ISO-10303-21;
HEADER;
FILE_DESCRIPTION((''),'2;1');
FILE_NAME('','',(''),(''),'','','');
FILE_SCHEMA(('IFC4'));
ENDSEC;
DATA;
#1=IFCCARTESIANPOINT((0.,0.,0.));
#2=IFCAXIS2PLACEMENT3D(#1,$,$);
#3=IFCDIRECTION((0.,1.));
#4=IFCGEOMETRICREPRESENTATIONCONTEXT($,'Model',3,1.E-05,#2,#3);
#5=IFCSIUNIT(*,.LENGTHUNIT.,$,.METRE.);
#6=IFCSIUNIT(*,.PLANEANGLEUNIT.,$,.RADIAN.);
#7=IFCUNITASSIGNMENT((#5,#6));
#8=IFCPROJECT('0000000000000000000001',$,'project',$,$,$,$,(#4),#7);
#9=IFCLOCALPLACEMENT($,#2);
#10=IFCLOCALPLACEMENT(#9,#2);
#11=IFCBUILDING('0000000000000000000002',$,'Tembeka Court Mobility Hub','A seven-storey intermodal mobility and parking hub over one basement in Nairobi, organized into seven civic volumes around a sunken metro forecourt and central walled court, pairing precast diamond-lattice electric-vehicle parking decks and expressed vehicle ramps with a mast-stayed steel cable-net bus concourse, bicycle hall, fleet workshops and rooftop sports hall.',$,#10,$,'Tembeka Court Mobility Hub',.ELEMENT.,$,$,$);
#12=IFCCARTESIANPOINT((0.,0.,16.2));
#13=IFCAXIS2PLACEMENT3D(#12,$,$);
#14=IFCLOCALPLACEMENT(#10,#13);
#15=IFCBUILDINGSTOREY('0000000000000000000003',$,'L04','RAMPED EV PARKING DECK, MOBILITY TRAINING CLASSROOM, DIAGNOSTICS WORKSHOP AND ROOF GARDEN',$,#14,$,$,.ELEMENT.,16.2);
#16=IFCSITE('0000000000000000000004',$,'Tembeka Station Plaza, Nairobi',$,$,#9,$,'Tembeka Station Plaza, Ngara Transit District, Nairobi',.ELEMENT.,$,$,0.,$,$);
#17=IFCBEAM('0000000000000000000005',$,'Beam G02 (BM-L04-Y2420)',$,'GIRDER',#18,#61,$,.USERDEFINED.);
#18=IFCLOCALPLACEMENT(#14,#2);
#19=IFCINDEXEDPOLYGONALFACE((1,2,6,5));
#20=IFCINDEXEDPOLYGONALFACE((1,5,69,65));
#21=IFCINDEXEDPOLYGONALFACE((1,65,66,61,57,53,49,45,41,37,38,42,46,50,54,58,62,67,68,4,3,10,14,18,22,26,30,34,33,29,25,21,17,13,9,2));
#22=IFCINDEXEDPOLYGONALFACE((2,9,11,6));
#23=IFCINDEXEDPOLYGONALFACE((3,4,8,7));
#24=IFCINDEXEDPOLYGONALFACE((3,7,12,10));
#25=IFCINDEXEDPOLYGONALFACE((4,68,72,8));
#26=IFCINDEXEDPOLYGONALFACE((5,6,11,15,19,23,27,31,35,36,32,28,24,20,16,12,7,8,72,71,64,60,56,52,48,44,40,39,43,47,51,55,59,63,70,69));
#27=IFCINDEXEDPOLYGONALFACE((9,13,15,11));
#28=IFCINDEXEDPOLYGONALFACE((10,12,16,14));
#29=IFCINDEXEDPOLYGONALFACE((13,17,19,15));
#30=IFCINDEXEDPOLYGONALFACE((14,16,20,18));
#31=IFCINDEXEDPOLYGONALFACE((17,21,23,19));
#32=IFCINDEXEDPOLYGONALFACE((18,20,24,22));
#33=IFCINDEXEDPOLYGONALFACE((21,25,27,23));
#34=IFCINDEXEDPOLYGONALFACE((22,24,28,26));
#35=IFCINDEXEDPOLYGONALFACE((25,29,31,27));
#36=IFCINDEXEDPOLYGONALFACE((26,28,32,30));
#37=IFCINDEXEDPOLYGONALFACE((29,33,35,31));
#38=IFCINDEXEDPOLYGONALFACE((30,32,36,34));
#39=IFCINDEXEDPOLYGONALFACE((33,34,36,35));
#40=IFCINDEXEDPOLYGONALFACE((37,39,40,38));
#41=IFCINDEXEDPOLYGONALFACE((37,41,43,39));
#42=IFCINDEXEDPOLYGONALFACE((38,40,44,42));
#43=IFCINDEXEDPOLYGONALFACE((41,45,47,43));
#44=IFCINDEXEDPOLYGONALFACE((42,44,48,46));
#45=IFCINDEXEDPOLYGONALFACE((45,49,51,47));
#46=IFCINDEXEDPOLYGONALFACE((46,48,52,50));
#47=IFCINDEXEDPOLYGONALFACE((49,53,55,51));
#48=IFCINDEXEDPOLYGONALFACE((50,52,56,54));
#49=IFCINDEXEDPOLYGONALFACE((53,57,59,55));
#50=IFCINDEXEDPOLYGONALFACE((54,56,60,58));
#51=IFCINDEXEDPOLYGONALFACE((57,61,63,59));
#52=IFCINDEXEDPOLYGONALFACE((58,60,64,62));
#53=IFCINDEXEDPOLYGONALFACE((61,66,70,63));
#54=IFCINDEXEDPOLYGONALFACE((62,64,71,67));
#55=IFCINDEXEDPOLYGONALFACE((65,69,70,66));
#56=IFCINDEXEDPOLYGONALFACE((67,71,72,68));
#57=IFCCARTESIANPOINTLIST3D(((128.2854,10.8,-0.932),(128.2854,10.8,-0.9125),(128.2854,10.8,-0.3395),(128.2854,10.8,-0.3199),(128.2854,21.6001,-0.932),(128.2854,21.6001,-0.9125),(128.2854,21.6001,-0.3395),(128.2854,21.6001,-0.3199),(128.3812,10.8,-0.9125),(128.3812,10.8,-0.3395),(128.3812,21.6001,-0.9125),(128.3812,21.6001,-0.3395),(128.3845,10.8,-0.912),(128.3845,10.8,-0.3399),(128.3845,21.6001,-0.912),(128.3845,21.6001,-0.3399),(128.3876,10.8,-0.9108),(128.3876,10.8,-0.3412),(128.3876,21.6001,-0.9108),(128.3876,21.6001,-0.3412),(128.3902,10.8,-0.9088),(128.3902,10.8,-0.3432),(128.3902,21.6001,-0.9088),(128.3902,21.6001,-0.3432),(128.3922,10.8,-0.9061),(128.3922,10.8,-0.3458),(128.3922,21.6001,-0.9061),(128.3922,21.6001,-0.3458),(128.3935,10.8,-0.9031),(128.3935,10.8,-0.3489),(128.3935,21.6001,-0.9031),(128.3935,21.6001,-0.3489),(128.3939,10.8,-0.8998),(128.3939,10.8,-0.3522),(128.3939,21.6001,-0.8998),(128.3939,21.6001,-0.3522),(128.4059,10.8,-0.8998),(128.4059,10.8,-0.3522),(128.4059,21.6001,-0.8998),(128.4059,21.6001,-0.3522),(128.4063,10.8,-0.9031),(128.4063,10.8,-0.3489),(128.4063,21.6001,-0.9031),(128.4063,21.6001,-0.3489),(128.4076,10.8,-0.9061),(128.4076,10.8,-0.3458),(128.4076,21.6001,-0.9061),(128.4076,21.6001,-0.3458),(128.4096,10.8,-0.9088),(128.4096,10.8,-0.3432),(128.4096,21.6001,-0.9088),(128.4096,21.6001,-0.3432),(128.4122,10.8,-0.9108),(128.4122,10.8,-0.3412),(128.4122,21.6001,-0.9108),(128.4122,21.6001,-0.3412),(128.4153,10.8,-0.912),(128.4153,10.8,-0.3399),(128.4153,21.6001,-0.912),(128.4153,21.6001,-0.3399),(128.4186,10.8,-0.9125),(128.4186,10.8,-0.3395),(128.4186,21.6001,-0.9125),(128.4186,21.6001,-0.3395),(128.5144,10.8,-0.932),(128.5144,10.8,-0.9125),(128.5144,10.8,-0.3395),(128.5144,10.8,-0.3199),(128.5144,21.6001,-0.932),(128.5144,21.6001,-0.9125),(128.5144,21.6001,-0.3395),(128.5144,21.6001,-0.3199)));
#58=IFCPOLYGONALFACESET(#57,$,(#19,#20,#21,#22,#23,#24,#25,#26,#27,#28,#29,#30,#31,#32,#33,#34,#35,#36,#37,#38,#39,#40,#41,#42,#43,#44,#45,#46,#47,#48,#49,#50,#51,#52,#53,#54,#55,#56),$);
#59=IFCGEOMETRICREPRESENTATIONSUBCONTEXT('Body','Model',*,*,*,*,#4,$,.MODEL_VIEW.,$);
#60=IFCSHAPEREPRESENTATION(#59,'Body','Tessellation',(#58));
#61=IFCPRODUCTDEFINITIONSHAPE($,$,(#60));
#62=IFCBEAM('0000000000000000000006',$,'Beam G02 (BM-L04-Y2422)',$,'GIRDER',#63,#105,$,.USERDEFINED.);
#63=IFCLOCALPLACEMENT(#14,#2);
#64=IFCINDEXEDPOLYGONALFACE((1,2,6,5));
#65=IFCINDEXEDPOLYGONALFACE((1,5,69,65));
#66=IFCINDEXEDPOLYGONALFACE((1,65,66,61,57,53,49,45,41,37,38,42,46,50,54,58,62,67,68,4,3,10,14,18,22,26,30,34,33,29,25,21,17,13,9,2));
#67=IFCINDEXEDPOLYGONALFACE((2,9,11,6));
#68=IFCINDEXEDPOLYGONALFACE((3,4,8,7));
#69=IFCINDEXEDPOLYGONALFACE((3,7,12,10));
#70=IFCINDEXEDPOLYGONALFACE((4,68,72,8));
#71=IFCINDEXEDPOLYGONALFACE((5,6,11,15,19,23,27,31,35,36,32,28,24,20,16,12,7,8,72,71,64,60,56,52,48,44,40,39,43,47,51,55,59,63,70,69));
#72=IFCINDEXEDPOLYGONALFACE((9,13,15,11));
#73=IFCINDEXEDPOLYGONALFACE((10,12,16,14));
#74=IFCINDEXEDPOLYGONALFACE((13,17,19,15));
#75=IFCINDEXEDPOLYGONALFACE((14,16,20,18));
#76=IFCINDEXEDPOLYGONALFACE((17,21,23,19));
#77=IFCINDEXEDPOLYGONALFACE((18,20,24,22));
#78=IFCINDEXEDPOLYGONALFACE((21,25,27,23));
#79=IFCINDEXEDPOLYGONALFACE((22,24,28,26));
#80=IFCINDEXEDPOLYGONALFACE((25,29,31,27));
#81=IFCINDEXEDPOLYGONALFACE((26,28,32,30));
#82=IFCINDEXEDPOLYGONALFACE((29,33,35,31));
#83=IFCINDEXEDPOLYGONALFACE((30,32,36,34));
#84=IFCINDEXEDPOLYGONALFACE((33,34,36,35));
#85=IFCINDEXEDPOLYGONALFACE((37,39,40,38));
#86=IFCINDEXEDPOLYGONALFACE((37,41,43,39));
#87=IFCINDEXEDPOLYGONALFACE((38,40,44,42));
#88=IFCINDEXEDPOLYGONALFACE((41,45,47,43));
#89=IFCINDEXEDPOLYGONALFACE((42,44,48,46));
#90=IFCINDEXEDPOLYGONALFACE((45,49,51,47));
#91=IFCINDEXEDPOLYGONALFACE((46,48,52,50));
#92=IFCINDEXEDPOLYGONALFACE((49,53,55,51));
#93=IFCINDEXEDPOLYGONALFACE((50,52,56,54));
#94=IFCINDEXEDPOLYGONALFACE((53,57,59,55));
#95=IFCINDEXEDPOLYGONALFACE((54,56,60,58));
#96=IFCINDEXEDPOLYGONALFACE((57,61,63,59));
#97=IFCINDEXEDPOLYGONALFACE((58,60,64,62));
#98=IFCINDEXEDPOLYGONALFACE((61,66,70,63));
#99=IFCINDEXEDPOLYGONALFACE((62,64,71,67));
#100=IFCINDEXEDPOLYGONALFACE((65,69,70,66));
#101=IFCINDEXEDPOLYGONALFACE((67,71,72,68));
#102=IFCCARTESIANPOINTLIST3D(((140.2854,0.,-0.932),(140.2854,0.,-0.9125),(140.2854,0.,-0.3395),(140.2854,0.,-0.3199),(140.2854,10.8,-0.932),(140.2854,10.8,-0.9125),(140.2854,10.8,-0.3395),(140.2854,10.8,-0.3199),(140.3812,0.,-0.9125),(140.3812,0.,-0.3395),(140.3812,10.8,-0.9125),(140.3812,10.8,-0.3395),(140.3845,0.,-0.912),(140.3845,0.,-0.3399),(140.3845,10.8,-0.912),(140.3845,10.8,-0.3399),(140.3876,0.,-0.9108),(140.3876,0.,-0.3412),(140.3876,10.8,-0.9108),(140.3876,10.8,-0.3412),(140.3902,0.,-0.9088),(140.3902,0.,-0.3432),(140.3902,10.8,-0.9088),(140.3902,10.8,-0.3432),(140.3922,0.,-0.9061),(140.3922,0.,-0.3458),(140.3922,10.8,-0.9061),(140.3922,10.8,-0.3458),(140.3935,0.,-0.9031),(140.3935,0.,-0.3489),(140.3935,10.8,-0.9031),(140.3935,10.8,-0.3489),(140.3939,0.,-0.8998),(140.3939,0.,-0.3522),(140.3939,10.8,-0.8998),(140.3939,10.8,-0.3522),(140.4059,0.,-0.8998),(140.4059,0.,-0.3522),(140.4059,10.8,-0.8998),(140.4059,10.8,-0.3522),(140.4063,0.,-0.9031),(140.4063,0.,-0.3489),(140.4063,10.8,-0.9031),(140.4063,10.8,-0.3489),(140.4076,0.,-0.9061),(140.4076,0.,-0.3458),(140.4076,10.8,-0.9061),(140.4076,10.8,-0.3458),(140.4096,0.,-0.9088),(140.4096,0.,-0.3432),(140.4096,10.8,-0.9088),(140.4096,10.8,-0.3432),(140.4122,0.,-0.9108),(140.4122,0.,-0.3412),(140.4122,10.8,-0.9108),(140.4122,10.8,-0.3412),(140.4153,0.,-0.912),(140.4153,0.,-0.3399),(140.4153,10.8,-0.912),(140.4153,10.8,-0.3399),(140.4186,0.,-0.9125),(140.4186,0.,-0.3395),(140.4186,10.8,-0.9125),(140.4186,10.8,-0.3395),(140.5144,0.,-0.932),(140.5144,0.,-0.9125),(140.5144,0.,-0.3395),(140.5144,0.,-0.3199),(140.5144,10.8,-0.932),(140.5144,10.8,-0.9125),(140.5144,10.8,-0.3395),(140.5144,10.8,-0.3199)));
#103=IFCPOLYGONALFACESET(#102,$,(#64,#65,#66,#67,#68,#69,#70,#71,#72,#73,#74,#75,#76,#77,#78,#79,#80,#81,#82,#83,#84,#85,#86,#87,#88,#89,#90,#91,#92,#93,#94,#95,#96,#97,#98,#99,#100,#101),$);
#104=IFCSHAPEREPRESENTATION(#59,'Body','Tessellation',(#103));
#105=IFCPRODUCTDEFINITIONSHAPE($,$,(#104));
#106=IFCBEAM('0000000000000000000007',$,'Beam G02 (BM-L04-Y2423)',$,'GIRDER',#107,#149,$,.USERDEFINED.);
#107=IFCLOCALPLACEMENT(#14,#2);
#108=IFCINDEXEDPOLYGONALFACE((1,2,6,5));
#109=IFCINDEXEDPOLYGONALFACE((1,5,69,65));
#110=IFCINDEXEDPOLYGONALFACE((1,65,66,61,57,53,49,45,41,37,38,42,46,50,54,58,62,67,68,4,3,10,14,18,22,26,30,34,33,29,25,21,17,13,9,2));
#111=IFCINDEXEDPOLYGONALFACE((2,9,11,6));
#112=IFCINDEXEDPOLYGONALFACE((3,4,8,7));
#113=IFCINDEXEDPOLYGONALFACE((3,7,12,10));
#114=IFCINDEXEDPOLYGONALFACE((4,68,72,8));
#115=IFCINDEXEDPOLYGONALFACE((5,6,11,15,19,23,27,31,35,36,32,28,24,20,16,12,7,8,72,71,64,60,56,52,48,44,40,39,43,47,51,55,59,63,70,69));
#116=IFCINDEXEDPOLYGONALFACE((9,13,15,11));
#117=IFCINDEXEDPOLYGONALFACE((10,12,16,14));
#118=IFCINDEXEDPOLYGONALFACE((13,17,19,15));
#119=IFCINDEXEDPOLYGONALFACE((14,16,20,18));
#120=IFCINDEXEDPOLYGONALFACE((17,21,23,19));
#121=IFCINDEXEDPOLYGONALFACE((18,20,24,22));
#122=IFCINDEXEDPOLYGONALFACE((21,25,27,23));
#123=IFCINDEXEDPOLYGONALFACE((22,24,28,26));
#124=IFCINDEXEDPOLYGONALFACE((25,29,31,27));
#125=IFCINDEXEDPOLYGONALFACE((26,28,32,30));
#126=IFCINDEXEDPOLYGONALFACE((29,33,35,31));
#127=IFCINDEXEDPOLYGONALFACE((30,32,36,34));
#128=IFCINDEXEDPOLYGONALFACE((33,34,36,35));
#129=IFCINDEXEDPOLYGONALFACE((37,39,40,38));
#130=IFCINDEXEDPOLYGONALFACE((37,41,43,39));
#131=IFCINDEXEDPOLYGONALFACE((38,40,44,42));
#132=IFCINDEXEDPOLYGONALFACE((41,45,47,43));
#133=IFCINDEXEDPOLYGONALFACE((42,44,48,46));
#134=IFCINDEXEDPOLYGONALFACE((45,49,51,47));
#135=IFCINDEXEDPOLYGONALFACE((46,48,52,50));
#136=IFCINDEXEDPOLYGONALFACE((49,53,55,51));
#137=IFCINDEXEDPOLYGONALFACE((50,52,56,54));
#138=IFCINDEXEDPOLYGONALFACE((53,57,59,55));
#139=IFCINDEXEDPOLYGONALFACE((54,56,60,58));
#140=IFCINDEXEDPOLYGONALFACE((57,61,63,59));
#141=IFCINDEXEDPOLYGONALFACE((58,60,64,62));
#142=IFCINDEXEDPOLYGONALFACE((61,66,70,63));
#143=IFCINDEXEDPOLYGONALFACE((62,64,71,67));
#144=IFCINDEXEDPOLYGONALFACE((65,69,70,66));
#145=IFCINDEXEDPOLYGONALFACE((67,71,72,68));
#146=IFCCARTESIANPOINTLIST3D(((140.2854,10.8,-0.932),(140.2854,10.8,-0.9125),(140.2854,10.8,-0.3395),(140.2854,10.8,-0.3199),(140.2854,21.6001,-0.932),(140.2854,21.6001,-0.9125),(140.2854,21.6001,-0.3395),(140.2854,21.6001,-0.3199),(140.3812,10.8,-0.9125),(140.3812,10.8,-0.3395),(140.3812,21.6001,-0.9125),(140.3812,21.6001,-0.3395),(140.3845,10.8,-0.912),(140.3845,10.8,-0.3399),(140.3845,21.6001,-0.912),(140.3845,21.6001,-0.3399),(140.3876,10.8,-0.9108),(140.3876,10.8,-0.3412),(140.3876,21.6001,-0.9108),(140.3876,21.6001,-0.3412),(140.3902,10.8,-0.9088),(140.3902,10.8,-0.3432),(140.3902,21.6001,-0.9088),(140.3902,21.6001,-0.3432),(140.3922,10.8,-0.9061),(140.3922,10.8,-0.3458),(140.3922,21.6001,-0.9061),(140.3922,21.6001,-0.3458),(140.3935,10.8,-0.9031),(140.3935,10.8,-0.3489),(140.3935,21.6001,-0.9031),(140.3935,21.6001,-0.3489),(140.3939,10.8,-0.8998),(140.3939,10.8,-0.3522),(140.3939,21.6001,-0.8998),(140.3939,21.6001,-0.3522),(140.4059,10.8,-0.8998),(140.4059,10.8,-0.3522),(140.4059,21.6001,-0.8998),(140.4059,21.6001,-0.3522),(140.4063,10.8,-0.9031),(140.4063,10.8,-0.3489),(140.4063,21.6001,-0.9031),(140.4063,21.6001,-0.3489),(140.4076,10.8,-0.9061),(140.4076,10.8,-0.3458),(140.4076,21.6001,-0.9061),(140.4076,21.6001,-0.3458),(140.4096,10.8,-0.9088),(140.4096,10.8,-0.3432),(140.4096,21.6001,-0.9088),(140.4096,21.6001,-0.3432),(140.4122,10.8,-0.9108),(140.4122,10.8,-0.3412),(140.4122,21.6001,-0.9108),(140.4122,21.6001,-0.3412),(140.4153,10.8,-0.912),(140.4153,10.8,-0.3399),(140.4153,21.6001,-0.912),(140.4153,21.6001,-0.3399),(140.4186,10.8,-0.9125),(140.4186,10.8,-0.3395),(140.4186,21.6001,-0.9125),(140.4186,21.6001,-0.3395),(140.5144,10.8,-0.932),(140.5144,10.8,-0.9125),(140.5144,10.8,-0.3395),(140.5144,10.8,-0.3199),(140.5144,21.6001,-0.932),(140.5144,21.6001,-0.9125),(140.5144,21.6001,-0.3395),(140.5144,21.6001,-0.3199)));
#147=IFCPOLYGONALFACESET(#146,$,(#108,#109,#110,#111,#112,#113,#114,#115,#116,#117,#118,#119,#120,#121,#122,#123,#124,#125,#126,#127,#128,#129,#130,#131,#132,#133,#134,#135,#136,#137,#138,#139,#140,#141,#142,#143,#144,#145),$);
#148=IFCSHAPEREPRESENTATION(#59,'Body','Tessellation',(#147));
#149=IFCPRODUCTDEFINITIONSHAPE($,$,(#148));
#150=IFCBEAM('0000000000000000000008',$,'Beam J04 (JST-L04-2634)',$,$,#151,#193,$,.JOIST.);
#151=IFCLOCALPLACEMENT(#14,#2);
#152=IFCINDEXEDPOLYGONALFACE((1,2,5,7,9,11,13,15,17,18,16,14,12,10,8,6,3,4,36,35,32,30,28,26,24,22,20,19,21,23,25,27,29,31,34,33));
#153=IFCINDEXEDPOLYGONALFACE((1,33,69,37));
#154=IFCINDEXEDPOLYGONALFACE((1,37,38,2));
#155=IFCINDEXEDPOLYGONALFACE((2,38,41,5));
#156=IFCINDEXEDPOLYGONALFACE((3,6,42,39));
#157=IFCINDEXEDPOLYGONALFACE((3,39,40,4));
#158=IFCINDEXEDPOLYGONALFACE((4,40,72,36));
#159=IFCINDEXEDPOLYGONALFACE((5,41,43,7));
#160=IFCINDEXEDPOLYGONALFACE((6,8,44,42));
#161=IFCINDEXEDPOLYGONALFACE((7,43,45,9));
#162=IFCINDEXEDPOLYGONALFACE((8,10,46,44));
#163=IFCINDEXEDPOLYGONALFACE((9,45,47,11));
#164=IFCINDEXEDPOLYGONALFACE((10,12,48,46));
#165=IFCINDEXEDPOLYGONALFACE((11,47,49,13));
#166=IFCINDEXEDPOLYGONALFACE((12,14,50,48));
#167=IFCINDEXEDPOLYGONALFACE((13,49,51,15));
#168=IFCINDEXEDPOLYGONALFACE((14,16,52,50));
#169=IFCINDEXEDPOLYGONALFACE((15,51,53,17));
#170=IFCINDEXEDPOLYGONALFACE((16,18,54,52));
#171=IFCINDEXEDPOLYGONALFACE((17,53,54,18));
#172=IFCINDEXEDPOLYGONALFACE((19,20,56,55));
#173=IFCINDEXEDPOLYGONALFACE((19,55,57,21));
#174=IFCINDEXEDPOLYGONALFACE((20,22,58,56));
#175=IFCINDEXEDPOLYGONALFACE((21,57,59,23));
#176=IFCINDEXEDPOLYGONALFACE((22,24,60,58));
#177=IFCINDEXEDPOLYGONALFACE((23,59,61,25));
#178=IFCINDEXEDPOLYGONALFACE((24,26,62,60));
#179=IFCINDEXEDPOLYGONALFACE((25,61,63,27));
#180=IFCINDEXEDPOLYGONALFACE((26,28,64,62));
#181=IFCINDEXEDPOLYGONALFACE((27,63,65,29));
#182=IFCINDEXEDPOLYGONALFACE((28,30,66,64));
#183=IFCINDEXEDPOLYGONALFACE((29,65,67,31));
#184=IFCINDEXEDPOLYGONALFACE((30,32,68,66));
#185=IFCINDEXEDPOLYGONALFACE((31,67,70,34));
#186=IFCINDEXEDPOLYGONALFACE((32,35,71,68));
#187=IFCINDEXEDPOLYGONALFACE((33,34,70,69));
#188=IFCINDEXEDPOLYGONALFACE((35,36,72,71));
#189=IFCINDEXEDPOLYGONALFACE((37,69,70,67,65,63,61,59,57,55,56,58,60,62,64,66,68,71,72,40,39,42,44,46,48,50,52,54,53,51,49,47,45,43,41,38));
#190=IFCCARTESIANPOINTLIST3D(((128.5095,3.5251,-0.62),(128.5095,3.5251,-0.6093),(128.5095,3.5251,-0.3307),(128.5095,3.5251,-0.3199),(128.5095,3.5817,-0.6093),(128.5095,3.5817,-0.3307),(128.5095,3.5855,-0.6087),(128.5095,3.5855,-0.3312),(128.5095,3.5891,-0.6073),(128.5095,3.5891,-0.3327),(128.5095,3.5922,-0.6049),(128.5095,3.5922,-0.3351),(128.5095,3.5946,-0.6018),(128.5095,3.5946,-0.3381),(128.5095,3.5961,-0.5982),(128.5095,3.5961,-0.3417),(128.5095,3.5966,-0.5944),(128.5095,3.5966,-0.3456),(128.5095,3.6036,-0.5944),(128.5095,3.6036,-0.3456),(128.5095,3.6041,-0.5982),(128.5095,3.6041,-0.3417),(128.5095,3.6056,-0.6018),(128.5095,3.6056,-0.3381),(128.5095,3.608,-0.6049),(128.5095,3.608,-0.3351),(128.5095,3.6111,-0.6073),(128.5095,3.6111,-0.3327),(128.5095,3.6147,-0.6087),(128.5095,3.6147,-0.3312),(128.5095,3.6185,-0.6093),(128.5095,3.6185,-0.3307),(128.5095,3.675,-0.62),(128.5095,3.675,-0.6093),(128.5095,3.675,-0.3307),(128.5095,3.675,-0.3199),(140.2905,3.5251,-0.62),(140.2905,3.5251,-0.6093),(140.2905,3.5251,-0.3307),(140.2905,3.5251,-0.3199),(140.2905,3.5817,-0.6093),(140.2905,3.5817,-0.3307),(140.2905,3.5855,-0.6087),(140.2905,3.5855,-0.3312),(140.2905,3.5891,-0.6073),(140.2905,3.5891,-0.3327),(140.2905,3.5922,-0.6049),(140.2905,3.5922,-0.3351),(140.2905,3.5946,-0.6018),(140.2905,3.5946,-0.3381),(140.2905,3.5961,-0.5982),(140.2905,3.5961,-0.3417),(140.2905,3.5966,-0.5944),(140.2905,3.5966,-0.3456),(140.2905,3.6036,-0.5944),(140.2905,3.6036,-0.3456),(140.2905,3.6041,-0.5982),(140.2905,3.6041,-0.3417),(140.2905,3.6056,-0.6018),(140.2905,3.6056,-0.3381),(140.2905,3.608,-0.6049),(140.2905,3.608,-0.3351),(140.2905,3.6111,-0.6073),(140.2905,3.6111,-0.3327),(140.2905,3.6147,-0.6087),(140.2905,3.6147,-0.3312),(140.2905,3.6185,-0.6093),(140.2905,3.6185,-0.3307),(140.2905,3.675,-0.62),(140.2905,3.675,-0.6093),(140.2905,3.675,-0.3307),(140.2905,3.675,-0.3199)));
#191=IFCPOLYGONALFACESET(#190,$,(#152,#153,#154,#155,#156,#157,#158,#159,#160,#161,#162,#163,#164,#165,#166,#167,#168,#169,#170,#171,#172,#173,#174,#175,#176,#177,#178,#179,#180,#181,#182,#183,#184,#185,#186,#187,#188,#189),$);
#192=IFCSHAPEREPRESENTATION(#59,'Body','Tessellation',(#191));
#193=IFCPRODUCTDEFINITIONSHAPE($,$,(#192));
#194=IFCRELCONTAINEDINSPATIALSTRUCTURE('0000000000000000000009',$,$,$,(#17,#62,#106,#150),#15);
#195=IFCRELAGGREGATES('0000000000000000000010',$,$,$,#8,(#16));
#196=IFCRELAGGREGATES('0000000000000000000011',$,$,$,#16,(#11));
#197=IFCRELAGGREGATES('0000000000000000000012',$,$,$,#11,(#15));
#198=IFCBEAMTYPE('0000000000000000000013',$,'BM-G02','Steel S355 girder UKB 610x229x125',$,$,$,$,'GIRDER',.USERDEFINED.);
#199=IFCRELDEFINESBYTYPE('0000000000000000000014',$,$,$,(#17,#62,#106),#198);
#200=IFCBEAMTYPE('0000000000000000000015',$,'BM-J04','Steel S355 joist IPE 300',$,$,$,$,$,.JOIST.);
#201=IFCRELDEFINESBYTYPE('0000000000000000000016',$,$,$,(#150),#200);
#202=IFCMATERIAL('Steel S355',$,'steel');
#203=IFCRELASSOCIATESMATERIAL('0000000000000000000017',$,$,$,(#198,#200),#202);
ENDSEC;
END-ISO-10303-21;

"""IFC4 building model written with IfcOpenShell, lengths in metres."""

from ifc_helpers import new_model, si_unit, direction, frame, origin, origin_2d, place, context, subcontext, project, spatial, i_section, extrude, material, material_profile, profile_set, type_object, element, save


model = new_model("IFC4")

# Units and contexts
model_context = context("Model", 3, precision=1e-05, world=origin(), true_north=direction((0.0, 1.0)))
body_context = subcontext(model_context, "Body", "Model", "MODEL_VIEW")
ifc_project = project(units=[si_unit("LENGTHUNIT", "METRE"), si_unit("PLANEANGLEUNIT", "RADIAN")], contexts=[model_context])

# Site, building, storey
site_placement = place(None, origin())
site = spatial("IfcSite", under=ifc_project, at=site_placement, Name="Tembeka Station Plaza, Nairobi", LongName="Tembeka Station Plaza, Ngara Transit District, Nairobi", CompositionType="ELEMENT", RefElevation=0.0)
building_placement = place(site_placement, origin())
building = spatial("IfcBuilding", under=site, at=building_placement, Name="Tembeka Court Mobility Hub", Description="A seven-storey intermodal mobility and parking hub over one basement in Nairobi, organized into seven civic volumes around a sunken metro forecourt and central walled court, pairing precast diamond-lattice electric-vehicle parking decks and expressed vehicle ramps with a mast-stayed steel cable-net bus concourse, bicycle hall, fleet workshops and rooftop sports hall.", LongName="Tembeka Court Mobility Hub", CompositionType="ELEMENT")
storey_placement = place(building_placement, frame((0.0, 0.0, 16.2)))
storey = spatial("IfcBuildingStorey", under=building, at=storey_placement, Name="L04", Description="RAMPED EV PARKING DECK, MOBILITY TRAINING CLASSROOM, DIAGNOSTICS WORKSHOP AND ROOF GARDEN", CompositionType="ELEMENT", Elevation=16.2)

# Shared definitions
ifc_material_1 = material(Name="Steel S355", Category="steel")

# Beams
ifc_material_profile_1 = material_profile(ifc_material_1, i_section(OverallWidth=0.229, OverallDepth=0.6121, WebThickness=0.012, FlangeThickness=0.0195, FilletRadius=0.0127, at=origin_2d()), Name="UKB 610x229x125")
ifc_profile_set_1 = profile_set([ifc_material_profile_1], Name="Steel S355")
beam_type_1 = type_object("IfcBeamType", Name="BM-G02", Description="Steel S355 girder UKB 610x229x125", ElementType="GIRDER", PredefinedType="USERDEFINED", material=ifc_profile_set_1)
for number, where, z_axis, x_axis, name in (
    (1, (128.3999, 10.8, -0.626), (0.0, 1.0, 0.0), (-1.0, 0.0, 0.0), "Beam G02 (BM-L04-Y2420)"),
    (2, (140.3999, 0.0, -0.626), (0.0, 1.0, 0.0), (-1.0, 0.0, 0.0), "Beam G02 (BM-L04-Y2422)"),
    (3, (140.3999, 10.8, -0.626), (0.0, 1.0, 0.0), (-1.0, 0.0, 0.0), "Beam G02 (BM-L04-Y2423)"),
):
    element("IfcBeam", number, at=place(storey_placement, frame(where, z_axis=z_axis, x_axis=x_axis)), inside=storey, type_object=beam_type_1, Name=name, ObjectType="GIRDER", PredefinedType="USERDEFINED", context=body_context, shape_type="SweptSolid", body=[
        extrude(i_section(OverallWidth=0.229, OverallDepth=0.6121, WebThickness=0.012, FlangeThickness=0.0195, FilletRadius=0.0127, at=origin_2d()), origin(), (0.0, 0.0, 1.0), 10.8),
    ])
ifc_material_profile_2 = material_profile(ifc_material_1, i_section(OverallWidth=0.1499, OverallDepth=0.3, WebThickness=0.0071, FlangeThickness=0.0107, FilletRadius=0.0149, at=origin_2d()), Name="IPE 300")
ifc_profile_set_2 = profile_set([ifc_material_profile_2], Name="Steel S355")
beam_type_2 = type_object("IfcBeamType", Name="BM-J04", Description="Steel S355 joist IPE 300", PredefinedType="JOIST", material=ifc_profile_set_2)
for number, where, z_axis, x_axis, name in (
    (4, (128.5095, 3.6001, -0.47), (1.0, 0.0, 0.0), (0.0, 1.0, 0.0), "Beam J04 (JST-L04-2634)"),
):
    element("IfcBeam", number, at=place(storey_placement, frame(where, z_axis=z_axis, x_axis=x_axis)), inside=storey, type_object=beam_type_2, Name=name, PredefinedType="JOIST", context=body_context, shape_type="SweptSolid", body=[
        extrude(i_section(OverallWidth=0.1499, OverallDepth=0.3, WebThickness=0.0071, FlangeThickness=0.0107, FilletRadius=0.0149, at=origin_2d()), origin(), (0.0, 0.0, 1.0), 11.781),
    ])

save(model, "model.ifc")
